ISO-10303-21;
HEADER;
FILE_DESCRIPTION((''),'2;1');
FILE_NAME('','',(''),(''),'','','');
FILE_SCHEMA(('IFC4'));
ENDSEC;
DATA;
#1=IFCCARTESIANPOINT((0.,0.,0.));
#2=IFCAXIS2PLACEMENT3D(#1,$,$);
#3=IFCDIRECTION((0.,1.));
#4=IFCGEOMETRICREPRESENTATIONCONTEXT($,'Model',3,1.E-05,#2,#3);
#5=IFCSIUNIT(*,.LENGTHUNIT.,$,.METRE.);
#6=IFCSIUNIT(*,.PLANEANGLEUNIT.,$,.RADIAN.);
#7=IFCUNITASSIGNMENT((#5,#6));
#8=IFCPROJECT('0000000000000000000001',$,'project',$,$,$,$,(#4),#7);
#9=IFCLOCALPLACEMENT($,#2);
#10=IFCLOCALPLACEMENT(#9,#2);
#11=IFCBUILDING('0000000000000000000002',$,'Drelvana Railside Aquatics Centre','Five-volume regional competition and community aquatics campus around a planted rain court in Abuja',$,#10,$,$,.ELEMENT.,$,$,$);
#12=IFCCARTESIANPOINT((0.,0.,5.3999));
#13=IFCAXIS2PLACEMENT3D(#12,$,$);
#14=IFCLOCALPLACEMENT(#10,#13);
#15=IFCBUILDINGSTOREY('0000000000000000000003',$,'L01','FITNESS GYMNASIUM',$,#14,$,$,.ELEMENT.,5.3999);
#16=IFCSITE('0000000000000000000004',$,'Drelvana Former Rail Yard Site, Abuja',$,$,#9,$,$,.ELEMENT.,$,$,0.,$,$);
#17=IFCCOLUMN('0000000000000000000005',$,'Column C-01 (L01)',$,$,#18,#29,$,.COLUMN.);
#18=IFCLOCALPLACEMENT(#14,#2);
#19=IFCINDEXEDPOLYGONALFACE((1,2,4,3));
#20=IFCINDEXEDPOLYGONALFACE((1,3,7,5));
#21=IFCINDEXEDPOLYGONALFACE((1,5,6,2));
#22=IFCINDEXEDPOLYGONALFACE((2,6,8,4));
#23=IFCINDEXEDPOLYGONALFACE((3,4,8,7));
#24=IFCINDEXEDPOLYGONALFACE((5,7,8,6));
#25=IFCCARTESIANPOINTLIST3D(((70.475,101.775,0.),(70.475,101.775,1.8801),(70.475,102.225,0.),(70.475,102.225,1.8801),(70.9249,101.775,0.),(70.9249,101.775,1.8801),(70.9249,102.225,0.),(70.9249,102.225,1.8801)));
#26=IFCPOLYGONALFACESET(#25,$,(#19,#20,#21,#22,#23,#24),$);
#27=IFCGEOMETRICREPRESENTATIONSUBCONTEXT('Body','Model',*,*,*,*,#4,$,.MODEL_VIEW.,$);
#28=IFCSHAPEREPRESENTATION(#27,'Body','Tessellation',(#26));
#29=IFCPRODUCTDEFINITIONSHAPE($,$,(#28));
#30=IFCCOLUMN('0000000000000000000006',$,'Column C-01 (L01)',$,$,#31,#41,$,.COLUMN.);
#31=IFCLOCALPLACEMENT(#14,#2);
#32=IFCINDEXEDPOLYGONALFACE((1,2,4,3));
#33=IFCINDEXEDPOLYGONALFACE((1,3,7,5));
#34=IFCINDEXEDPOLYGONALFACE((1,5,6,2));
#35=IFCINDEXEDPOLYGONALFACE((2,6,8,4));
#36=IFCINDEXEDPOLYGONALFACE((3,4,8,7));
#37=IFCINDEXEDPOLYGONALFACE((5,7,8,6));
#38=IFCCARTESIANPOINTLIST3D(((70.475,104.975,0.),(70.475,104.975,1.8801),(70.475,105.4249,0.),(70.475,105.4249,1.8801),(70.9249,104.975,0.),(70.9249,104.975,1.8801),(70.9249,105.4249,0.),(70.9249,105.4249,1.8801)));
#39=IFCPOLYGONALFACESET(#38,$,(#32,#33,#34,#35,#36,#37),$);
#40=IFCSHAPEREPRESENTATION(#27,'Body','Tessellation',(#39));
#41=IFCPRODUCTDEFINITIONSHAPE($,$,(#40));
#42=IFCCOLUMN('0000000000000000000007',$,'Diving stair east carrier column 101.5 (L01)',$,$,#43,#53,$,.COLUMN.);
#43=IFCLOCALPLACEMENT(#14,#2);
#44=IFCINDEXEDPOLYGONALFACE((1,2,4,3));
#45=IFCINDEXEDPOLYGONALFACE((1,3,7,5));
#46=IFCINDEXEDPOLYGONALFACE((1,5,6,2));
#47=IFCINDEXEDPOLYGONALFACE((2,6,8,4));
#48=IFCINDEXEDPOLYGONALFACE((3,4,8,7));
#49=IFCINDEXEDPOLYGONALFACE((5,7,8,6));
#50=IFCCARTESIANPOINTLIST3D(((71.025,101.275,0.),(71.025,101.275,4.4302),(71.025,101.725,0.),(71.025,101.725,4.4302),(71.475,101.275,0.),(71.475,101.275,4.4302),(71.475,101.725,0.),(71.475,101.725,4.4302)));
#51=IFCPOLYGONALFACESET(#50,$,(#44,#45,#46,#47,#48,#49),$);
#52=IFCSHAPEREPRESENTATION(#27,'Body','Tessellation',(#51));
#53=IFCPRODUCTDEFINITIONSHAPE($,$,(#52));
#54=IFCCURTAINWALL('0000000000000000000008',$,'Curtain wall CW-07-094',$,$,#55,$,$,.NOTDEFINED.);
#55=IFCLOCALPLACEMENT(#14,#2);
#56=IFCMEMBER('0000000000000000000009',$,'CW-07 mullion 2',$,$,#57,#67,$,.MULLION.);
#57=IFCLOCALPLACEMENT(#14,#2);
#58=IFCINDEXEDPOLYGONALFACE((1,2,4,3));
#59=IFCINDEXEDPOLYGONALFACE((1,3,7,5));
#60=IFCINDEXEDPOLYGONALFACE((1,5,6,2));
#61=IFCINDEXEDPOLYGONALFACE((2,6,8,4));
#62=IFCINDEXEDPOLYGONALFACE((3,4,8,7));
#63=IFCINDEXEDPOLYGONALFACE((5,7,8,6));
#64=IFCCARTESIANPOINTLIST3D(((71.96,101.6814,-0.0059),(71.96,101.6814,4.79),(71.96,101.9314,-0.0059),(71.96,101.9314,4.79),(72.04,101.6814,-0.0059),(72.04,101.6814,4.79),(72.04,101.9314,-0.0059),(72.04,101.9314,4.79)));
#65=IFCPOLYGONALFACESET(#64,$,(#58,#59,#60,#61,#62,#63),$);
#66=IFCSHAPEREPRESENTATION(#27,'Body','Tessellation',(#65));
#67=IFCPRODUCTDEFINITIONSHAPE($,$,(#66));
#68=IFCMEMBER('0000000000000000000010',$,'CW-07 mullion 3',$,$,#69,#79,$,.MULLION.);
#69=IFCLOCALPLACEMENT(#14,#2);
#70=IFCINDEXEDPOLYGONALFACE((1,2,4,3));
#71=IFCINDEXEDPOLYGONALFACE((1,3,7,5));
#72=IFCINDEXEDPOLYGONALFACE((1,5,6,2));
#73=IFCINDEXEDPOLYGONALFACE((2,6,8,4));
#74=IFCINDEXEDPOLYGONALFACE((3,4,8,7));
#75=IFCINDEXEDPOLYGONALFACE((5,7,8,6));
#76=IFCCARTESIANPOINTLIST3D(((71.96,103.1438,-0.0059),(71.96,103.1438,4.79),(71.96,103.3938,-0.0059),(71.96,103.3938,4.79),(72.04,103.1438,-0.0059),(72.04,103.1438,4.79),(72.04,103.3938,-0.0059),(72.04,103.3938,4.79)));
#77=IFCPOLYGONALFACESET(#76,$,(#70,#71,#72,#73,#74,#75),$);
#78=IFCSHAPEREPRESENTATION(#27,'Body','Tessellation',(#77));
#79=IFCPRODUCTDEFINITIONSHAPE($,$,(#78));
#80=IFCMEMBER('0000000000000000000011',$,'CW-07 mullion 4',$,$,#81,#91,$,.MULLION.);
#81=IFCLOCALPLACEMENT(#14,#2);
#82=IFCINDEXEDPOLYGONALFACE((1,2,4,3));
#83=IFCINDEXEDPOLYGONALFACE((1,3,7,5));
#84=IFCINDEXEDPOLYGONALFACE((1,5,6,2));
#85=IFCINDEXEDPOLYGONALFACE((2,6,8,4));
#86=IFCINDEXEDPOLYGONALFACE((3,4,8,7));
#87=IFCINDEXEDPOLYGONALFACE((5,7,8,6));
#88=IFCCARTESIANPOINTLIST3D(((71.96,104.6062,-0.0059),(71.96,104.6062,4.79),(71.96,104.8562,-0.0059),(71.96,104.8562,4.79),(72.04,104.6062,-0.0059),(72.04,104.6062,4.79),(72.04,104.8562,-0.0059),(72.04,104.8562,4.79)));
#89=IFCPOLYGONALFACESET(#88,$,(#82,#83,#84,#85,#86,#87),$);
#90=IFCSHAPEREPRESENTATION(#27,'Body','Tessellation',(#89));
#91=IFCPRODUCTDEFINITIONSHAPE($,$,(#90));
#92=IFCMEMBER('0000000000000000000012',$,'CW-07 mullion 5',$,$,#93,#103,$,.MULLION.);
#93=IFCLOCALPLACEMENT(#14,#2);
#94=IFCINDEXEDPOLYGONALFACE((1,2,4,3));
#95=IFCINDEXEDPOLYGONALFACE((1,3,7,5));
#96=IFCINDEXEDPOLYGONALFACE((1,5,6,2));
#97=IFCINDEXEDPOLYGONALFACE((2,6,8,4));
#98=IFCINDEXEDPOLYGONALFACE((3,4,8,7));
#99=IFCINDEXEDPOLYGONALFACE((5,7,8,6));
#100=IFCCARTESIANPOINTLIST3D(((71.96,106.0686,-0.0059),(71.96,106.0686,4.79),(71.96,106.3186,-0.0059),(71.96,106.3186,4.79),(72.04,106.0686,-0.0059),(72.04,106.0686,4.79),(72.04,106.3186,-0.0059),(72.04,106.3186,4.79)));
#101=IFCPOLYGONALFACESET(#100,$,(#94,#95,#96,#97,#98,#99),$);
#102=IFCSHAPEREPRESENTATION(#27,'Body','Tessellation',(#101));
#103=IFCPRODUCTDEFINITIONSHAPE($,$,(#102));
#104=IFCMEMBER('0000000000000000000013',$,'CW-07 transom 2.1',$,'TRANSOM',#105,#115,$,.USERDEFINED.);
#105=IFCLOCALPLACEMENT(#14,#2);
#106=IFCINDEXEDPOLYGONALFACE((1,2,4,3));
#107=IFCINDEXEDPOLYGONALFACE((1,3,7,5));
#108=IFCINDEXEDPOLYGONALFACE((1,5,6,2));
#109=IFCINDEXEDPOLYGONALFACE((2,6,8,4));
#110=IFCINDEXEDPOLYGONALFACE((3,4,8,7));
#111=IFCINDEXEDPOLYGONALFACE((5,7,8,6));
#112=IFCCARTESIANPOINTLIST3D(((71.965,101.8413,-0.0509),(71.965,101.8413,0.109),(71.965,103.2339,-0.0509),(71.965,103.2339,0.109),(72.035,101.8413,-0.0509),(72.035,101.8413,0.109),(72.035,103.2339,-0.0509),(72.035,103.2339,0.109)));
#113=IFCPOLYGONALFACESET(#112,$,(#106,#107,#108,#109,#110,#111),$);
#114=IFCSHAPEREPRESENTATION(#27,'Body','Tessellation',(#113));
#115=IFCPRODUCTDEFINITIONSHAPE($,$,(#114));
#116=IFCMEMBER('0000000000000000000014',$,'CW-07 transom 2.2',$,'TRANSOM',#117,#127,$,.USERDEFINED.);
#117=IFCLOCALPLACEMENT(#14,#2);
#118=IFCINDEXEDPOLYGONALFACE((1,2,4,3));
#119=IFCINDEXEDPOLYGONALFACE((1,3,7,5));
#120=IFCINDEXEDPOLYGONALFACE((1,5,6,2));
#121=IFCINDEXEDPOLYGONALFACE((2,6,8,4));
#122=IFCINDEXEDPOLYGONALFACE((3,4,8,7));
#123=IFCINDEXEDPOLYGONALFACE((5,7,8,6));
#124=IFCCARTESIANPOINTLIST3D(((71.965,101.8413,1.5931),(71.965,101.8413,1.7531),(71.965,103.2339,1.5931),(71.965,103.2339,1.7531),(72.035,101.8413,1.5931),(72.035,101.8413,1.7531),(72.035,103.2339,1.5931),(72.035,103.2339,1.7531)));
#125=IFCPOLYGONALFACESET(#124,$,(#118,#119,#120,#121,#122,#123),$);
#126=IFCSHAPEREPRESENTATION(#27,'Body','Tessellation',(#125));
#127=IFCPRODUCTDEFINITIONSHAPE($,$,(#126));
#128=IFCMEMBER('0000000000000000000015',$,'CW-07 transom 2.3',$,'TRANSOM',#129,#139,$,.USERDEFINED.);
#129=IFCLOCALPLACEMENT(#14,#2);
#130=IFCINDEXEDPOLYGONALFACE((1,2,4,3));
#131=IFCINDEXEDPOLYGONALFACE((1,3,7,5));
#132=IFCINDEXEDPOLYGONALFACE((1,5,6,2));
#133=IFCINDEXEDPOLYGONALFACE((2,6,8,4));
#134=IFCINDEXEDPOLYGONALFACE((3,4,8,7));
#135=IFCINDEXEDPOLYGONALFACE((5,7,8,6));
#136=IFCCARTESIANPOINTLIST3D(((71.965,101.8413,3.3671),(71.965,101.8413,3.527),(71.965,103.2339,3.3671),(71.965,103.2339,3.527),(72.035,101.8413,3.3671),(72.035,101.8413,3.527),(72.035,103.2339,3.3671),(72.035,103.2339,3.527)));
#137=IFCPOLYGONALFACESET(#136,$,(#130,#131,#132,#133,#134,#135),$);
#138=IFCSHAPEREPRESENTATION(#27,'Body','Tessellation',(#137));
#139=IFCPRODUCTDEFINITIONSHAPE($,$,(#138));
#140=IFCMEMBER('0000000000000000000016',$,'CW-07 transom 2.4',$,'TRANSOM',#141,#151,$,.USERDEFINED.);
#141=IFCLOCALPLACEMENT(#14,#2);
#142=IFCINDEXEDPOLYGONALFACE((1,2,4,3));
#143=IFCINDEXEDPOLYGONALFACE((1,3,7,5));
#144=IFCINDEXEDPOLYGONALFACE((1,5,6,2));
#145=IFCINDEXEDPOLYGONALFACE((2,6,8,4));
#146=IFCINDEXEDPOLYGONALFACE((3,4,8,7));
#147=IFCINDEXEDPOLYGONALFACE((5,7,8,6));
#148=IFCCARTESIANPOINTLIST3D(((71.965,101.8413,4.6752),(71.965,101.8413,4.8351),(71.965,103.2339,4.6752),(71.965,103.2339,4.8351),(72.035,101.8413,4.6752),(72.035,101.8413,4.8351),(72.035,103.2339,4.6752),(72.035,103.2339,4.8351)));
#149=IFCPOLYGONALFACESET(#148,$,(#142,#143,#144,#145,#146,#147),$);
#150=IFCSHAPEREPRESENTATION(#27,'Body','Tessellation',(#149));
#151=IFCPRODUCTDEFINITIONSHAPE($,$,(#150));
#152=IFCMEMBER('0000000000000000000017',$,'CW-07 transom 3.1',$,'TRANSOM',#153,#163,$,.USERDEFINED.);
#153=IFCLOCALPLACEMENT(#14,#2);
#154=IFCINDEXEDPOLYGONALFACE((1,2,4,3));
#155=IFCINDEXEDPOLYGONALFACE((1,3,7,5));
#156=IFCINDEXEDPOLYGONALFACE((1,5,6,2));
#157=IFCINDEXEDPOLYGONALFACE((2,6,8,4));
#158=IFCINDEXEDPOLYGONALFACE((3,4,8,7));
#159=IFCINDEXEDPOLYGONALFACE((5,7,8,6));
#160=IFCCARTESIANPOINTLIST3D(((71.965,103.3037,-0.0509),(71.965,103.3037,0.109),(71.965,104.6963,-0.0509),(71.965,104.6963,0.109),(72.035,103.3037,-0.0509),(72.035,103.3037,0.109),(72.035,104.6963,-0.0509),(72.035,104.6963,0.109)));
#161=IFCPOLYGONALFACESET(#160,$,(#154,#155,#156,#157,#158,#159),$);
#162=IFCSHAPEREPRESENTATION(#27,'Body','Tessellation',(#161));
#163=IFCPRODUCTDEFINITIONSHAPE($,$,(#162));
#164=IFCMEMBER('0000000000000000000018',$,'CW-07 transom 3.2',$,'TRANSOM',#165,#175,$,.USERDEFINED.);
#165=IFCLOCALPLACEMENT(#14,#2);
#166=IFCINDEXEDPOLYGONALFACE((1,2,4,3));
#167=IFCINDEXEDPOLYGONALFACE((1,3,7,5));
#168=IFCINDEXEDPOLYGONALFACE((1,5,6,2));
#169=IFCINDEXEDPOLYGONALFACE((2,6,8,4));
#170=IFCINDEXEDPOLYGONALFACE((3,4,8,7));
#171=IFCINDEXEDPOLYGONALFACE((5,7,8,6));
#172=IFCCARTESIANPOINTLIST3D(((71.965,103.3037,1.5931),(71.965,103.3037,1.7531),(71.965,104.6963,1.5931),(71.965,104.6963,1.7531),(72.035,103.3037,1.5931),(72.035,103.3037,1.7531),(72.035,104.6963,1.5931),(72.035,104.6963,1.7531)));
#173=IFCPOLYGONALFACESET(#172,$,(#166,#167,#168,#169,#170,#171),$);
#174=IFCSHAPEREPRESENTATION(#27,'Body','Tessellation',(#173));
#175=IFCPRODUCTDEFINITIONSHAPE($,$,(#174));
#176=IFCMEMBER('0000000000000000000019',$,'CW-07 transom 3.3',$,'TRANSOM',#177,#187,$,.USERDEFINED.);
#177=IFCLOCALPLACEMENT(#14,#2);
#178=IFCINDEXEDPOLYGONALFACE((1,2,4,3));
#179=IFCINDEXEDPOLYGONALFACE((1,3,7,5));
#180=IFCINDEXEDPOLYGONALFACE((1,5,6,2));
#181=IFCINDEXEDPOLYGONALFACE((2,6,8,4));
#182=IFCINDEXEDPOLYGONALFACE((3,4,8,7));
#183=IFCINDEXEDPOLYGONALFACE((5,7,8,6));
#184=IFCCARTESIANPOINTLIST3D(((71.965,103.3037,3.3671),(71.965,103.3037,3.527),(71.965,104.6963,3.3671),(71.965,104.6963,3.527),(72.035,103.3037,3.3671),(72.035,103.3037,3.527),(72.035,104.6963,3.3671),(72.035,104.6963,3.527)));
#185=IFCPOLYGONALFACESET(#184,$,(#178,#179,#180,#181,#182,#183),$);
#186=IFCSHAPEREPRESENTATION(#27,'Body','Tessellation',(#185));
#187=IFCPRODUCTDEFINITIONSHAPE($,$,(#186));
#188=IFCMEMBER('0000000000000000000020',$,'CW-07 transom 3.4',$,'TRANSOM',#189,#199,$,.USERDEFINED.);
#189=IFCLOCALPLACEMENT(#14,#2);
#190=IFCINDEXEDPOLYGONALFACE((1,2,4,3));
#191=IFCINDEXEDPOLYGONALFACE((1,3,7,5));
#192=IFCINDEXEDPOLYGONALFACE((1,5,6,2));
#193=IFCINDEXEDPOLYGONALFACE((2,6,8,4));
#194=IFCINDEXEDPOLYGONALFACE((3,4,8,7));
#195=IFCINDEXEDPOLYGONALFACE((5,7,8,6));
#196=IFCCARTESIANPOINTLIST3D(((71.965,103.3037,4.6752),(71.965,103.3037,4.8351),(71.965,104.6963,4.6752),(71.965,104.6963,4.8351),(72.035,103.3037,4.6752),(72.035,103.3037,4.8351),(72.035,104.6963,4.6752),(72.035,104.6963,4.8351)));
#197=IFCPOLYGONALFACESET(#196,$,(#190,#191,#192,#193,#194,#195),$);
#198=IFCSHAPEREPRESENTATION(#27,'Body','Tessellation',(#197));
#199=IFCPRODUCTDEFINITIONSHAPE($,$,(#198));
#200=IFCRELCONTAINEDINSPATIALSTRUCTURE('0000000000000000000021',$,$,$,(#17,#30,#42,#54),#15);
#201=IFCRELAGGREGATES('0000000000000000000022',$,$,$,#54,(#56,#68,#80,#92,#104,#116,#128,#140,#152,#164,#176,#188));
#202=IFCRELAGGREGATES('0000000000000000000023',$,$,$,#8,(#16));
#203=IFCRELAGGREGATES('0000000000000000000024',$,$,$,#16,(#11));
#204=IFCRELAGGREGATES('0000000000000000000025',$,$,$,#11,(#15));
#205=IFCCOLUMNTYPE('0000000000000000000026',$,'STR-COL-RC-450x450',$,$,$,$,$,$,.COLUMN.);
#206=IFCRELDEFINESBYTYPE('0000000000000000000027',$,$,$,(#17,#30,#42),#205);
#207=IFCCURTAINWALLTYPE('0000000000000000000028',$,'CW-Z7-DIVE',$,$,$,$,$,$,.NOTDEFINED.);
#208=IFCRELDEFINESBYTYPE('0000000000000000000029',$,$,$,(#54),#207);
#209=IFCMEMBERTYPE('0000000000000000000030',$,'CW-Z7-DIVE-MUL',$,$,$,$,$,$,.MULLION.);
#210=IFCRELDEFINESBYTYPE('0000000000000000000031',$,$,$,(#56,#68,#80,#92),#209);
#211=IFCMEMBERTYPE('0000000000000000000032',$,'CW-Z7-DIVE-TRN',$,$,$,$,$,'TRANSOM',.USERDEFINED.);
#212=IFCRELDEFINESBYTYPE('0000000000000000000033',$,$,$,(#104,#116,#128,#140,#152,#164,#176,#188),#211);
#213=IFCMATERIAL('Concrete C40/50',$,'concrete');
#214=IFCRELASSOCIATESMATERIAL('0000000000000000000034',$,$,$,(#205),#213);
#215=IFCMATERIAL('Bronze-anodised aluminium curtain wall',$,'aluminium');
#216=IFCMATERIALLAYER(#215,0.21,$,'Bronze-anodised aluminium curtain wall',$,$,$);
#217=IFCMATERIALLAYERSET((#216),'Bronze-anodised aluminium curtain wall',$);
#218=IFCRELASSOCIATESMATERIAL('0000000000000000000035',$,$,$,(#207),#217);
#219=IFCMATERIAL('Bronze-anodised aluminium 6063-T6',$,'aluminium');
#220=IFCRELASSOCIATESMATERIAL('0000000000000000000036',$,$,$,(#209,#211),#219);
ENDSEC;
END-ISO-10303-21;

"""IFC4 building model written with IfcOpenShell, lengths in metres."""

from ifc_helpers import new_model, si_unit, direction, frame, origin, origin_2d, place, context, subcontext, project, spatial, rectangle, extrude, material, layer, layer_set, material_profile, profile_set, type_object, element, aggregate, save


model = new_model("IFC4")

# Units and contexts
model_context = context("Model", 3, precision=1e-05, world=origin(), true_north=direction((0.0, 1.0)))
body_context = subcontext(model_context, "Body", "Model", "MODEL_VIEW")
ifc_project = project(units=[si_unit("LENGTHUNIT", "METRE"), si_unit("PLANEANGLEUNIT", "RADIAN")], contexts=[model_context])

# Site, building, storey
site_placement = place(None, origin())
site = spatial("IfcSite", under=ifc_project, at=site_placement, Name="Drelvana Former Rail Yard Site, Abuja", CompositionType="ELEMENT", RefElevation=0.0)
building_placement = place(site_placement, origin())
building = spatial("IfcBuilding", under=site, at=building_placement, Name="Drelvana Railside Aquatics Centre", Description="Five-volume regional competition and community aquatics campus around a planted rain court in Abuja", CompositionType="ELEMENT")
storey_placement = place(building_placement, frame((0.0, 0.0, 5.3999)))
storey = spatial("IfcBuildingStorey", under=building, at=storey_placement, Name="L01", Description="FITNESS GYMNASIUM", CompositionType="ELEMENT", Elevation=5.3999)

# Columns
ifc_material_1 = material(Name="Concrete C40/50", Category="concrete")
ifc_material_profile_1 = material_profile(ifc_material_1, rectangle(XDim=0.45, YDim=0.45, at=origin_2d()), Name="RC 450x450")
ifc_profile_set_1 = profile_set([ifc_material_profile_1], Name="Concrete C40/50")
column_type = type_object("IfcColumnType", Name="STR-COL-RC-450x450", PredefinedType="COLUMN", material=ifc_profile_set_1)
for number, where, z_axis, x_axis, name in (
    (1, (70.7, 102.0, 0.0), (0.0, 0.0, 1.0), (1.0, 0.0, 0.0), "Column C-01 (L01)"),
    (2, (70.7, 105.2, 0.0), (0.0, 0.0, 1.0), (1.0, 0.0, 0.0), "Column C-01 (L01)"),
):
    element("IfcColumn", number, at=place(storey_placement, frame(where, z_axis=z_axis, x_axis=x_axis)), inside=storey, type_object=column_type, Name=name, PredefinedType="COLUMN", context=body_context, shape_type="SweptSolid", body=[
        extrude(rectangle(XDim=0.45, YDim=0.45, at=origin_2d()), origin(), (0.0, 0.0, 1.0), 1.8801),
    ])
column_placement = place(storey_placement, frame((71.25, 101.5, 0.0), z_axis=(0.0, 0.0, 1.0), x_axis=(1.0, 0.0, 0.0)))
element("IfcColumn", 3, at=column_placement, inside=storey, type_object=column_type, Name="Diving stair east carrier column 101.5 (L01)", PredefinedType="COLUMN", context=body_context, shape_type="SweptSolid", body=[
    extrude(rectangle(XDim=0.45, YDim=0.45, at=origin_2d()), origin(), (0.0, 0.0, 1.0), 4.4302),
])

# Curtain wall, members
ifc_material_2 = material(Name="Bronze-anodised aluminium curtain wall", Category="aluminium")
ifc_layer_1 = layer(ifc_material_2, 0.21, Name="Bronze-anodised aluminium curtain wall")
ifc_layer_set_1 = layer_set([ifc_layer_1], Name="Bronze-anodised aluminium curtain wall")
curtain_wall_type = type_object("IfcCurtainWallType", Name="CW-Z7-DIVE", PredefinedType="NOTDEFINED", material=ifc_layer_set_1)
curtain_wall_placement = place(storey_placement, origin())
curtain_wall = element("IfcCurtainWall", 4, at=curtain_wall_placement, inside=storey, type_object=curtain_wall_type, Name="Curtain wall CW-07-094", PredefinedType="NOTDEFINED")
ifc_material_3 = material(Name="Bronze-anodised aluminium 6063-T6", Category="aluminium")
ifc_material_profile_2 = material_profile(ifc_material_3, rectangle(XDim=0.0801, YDim=0.25, at=origin_2d()), Name="ALU-M 80x250")
ifc_profile_set_2 = profile_set([ifc_material_profile_2], Name="Bronze-anodised aluminium 6063-T6")
member_type_1 = type_object("IfcMemberType", Name="CW-Z7-DIVE-MUL", PredefinedType="MULLION", material=ifc_profile_set_2)
member_1_placement = place(storey_placement, frame((72.0, 101.8064, -0.0059), z_axis=(0.0, 0.0, 1.0), x_axis=(-1.0, 0.0, 0.0)))
member_1 = element("IfcMember", 5, at=member_1_placement, type_object=member_type_1, Name="CW-07 mullion 2", PredefinedType="MULLION", context=body_context, shape_type="SweptSolid", body=[
    extrude(rectangle(XDim=0.0801, YDim=0.25, at=origin_2d()), origin(), (0.0, 0.0, 1.0), 4.7959),
])
member_2_placement = place(storey_placement, frame((72.0, 103.2688, -0.0059), z_axis=(0.0, 0.0, 1.0), x_axis=(-1.0, 0.0, 0.0)))
member_2 = element("IfcMember", 6, at=member_2_placement, type_object=member_type_1, Name="CW-07 mullion 3", PredefinedType="MULLION", context=body_context, shape_type="SweptSolid", body=[
    extrude(rectangle(XDim=0.0801, YDim=0.25, at=origin_2d()), origin(), (0.0, 0.0, 1.0), 4.7959),
])
member_3_placement = place(storey_placement, frame((72.0, 104.7312, -0.0059), z_axis=(0.0, 0.0, 1.0), x_axis=(-1.0, 0.0, 0.0)))
member_3 = element("IfcMember", 7, at=member_3_placement, type_object=member_type_1, Name="CW-07 mullion 4", PredefinedType="MULLION", context=body_context, shape_type="SweptSolid", body=[
    extrude(rectangle(XDim=0.0801, YDim=0.25, at=origin_2d()), origin(), (0.0, 0.0, 1.0), 4.7959),
])
member_4_placement = place(storey_placement, frame((72.0, 106.1936, -0.0059), z_axis=(0.0, 0.0, 1.0), x_axis=(-1.0, 0.0, 0.0)))
member_4 = element("IfcMember", 8, at=member_4_placement, type_object=member_type_1, Name="CW-07 mullion 5", PredefinedType="MULLION", context=body_context, shape_type="SweptSolid", body=[
    extrude(rectangle(XDim=0.0801, YDim=0.25, at=origin_2d()), origin(), (0.0, 0.0, 1.0), 4.7959),
])
ifc_material_profile_3 = material_profile(ifc_material_3, rectangle(XDim=0.1599, YDim=0.0701, at=origin_2d()), Name="ALU-T 70x160")
ifc_profile_set_3 = profile_set([ifc_material_profile_3], Name="Bronze-anodised aluminium 6063-T6")
member_type_2 = type_object("IfcMemberType", Name="CW-Z7-DIVE-TRN", ElementType="TRANSOM", PredefinedType="USERDEFINED", material=ifc_profile_set_3)
member_5_placement = place(storey_placement, frame((72.0, 101.8413, 0.0291), z_axis=(0.0, 1.0, 0.0), x_axis=(0.0, 0.0, 1.0)))
member_5 = element("IfcMember", 9, at=member_5_placement, type_object=member_type_2, Name="CW-07 transom 2.1", ObjectType="TRANSOM", PredefinedType="USERDEFINED", context=body_context, shape_type="SweptSolid", body=[
    extrude(rectangle(XDim=0.1599, YDim=0.0701, at=origin_2d()), origin(), (0.0, 0.0, 1.0), 1.3926),
])
member_6_placement = place(storey_placement, frame((72.0, 101.8413, 1.6731), z_axis=(0.0, 1.0, 0.0), x_axis=(0.0, 0.0, 1.0)))
member_6 = element("IfcMember", 10, at=member_6_placement, type_object=member_type_2, Name="CW-07 transom 2.2", ObjectType="TRANSOM", PredefinedType="USERDEFINED", context=body_context, shape_type="SweptSolid", body=[
    extrude(rectangle(XDim=0.1599, YDim=0.0701, at=origin_2d()), origin(), (0.0, 0.0, 1.0), 1.3926),
])
member_7_placement = place(storey_placement, frame((72.0, 101.8413, 3.447), z_axis=(0.0, 1.0, 0.0), x_axis=(0.0, 0.0, 1.0)))
member_7 = element("IfcMember", 11, at=member_7_placement, type_object=member_type_2, Name="CW-07 transom 2.3", ObjectType="TRANSOM", PredefinedType="USERDEFINED", context=body_context, shape_type="SweptSolid", body=[
    extrude(rectangle(XDim=0.1599, YDim=0.0701, at=origin_2d()), origin(), (0.0, 0.0, 1.0), 1.3926),
])
member_8_placement = place(storey_placement, frame((72.0, 101.8413, 4.7551), z_axis=(0.0, 1.0, 0.0), x_axis=(0.0, 0.0, 1.0)))
member_8 = element("IfcMember", 12, at=member_8_placement, type_object=member_type_2, Name="CW-07 transom 2.4", ObjectType="TRANSOM", PredefinedType="USERDEFINED", context=body_context, shape_type="SweptSolid", body=[
    extrude(rectangle(XDim=0.1599, YDim=0.0701, at=origin_2d()), origin(), (0.0, 0.0, 1.0), 1.3926),
])
member_9_placement = place(storey_placement, frame((72.0, 103.3037, 0.0291), z_axis=(0.0, 1.0, 0.0), x_axis=(0.0, 0.0, 1.0)))
member_9 = element("IfcMember", 13, at=member_9_placement, type_object=member_type_2, Name="CW-07 transom 3.1", ObjectType="TRANSOM", PredefinedType="USERDEFINED", context=body_context, shape_type="SweptSolid", body=[
    extrude(rectangle(XDim=0.1599, YDim=0.0701, at=origin_2d()), origin(), (0.0, 0.0, 1.0), 1.3926),
])
member_10_placement = place(storey_placement, frame((72.0, 103.3037, 1.6731), z_axis=(0.0, 1.0, 0.0), x_axis=(0.0, 0.0, 1.0)))
member_10 = element("IfcMember", 14, at=member_10_placement, type_object=member_type_2, Name="CW-07 transom 3.2", ObjectType="TRANSOM", PredefinedType="USERDEFINED", context=body_context, shape_type="SweptSolid", body=[
    extrude(rectangle(XDim=0.1599, YDim=0.0701, at=origin_2d()), origin(), (0.0, 0.0, 1.0), 1.3926),
])
member_11_placement = place(storey_placement, frame((72.0, 103.3037, 3.447), z_axis=(0.0, 1.0, 0.0), x_axis=(0.0, 0.0, 1.0)))
member_11 = element("IfcMember", 15, at=member_11_placement, type_object=member_type_2, Name="CW-07 transom 3.3", ObjectType="TRANSOM", PredefinedType="USERDEFINED", context=body_context, shape_type="SweptSolid", body=[
    extrude(rectangle(XDim=0.1599, YDim=0.0701, at=origin_2d()), origin(), (0.0, 0.0, 1.0), 1.3926),
])
member_12_placement = place(storey_placement, frame((72.0, 103.3037, 4.7551), z_axis=(0.0, 1.0, 0.0), x_axis=(0.0, 0.0, 1.0)))
member_12 = element("IfcMember", 16, at=member_12_placement, type_object=member_type_2, Name="CW-07 transom 3.4", ObjectType="TRANSOM", PredefinedType="USERDEFINED", context=body_context, shape_type="SweptSolid", body=[
    extrude(rectangle(XDim=0.1599, YDim=0.0701, at=origin_2d()), origin(), (0.0, 0.0, 1.0), 1.3926),
])

aggregate(curtain_wall, [member_1, member_2, member_3, member_4, member_5, member_6, member_7, member_8, member_9, member_10, member_11, member_12])

save(model, "model.ifc")
